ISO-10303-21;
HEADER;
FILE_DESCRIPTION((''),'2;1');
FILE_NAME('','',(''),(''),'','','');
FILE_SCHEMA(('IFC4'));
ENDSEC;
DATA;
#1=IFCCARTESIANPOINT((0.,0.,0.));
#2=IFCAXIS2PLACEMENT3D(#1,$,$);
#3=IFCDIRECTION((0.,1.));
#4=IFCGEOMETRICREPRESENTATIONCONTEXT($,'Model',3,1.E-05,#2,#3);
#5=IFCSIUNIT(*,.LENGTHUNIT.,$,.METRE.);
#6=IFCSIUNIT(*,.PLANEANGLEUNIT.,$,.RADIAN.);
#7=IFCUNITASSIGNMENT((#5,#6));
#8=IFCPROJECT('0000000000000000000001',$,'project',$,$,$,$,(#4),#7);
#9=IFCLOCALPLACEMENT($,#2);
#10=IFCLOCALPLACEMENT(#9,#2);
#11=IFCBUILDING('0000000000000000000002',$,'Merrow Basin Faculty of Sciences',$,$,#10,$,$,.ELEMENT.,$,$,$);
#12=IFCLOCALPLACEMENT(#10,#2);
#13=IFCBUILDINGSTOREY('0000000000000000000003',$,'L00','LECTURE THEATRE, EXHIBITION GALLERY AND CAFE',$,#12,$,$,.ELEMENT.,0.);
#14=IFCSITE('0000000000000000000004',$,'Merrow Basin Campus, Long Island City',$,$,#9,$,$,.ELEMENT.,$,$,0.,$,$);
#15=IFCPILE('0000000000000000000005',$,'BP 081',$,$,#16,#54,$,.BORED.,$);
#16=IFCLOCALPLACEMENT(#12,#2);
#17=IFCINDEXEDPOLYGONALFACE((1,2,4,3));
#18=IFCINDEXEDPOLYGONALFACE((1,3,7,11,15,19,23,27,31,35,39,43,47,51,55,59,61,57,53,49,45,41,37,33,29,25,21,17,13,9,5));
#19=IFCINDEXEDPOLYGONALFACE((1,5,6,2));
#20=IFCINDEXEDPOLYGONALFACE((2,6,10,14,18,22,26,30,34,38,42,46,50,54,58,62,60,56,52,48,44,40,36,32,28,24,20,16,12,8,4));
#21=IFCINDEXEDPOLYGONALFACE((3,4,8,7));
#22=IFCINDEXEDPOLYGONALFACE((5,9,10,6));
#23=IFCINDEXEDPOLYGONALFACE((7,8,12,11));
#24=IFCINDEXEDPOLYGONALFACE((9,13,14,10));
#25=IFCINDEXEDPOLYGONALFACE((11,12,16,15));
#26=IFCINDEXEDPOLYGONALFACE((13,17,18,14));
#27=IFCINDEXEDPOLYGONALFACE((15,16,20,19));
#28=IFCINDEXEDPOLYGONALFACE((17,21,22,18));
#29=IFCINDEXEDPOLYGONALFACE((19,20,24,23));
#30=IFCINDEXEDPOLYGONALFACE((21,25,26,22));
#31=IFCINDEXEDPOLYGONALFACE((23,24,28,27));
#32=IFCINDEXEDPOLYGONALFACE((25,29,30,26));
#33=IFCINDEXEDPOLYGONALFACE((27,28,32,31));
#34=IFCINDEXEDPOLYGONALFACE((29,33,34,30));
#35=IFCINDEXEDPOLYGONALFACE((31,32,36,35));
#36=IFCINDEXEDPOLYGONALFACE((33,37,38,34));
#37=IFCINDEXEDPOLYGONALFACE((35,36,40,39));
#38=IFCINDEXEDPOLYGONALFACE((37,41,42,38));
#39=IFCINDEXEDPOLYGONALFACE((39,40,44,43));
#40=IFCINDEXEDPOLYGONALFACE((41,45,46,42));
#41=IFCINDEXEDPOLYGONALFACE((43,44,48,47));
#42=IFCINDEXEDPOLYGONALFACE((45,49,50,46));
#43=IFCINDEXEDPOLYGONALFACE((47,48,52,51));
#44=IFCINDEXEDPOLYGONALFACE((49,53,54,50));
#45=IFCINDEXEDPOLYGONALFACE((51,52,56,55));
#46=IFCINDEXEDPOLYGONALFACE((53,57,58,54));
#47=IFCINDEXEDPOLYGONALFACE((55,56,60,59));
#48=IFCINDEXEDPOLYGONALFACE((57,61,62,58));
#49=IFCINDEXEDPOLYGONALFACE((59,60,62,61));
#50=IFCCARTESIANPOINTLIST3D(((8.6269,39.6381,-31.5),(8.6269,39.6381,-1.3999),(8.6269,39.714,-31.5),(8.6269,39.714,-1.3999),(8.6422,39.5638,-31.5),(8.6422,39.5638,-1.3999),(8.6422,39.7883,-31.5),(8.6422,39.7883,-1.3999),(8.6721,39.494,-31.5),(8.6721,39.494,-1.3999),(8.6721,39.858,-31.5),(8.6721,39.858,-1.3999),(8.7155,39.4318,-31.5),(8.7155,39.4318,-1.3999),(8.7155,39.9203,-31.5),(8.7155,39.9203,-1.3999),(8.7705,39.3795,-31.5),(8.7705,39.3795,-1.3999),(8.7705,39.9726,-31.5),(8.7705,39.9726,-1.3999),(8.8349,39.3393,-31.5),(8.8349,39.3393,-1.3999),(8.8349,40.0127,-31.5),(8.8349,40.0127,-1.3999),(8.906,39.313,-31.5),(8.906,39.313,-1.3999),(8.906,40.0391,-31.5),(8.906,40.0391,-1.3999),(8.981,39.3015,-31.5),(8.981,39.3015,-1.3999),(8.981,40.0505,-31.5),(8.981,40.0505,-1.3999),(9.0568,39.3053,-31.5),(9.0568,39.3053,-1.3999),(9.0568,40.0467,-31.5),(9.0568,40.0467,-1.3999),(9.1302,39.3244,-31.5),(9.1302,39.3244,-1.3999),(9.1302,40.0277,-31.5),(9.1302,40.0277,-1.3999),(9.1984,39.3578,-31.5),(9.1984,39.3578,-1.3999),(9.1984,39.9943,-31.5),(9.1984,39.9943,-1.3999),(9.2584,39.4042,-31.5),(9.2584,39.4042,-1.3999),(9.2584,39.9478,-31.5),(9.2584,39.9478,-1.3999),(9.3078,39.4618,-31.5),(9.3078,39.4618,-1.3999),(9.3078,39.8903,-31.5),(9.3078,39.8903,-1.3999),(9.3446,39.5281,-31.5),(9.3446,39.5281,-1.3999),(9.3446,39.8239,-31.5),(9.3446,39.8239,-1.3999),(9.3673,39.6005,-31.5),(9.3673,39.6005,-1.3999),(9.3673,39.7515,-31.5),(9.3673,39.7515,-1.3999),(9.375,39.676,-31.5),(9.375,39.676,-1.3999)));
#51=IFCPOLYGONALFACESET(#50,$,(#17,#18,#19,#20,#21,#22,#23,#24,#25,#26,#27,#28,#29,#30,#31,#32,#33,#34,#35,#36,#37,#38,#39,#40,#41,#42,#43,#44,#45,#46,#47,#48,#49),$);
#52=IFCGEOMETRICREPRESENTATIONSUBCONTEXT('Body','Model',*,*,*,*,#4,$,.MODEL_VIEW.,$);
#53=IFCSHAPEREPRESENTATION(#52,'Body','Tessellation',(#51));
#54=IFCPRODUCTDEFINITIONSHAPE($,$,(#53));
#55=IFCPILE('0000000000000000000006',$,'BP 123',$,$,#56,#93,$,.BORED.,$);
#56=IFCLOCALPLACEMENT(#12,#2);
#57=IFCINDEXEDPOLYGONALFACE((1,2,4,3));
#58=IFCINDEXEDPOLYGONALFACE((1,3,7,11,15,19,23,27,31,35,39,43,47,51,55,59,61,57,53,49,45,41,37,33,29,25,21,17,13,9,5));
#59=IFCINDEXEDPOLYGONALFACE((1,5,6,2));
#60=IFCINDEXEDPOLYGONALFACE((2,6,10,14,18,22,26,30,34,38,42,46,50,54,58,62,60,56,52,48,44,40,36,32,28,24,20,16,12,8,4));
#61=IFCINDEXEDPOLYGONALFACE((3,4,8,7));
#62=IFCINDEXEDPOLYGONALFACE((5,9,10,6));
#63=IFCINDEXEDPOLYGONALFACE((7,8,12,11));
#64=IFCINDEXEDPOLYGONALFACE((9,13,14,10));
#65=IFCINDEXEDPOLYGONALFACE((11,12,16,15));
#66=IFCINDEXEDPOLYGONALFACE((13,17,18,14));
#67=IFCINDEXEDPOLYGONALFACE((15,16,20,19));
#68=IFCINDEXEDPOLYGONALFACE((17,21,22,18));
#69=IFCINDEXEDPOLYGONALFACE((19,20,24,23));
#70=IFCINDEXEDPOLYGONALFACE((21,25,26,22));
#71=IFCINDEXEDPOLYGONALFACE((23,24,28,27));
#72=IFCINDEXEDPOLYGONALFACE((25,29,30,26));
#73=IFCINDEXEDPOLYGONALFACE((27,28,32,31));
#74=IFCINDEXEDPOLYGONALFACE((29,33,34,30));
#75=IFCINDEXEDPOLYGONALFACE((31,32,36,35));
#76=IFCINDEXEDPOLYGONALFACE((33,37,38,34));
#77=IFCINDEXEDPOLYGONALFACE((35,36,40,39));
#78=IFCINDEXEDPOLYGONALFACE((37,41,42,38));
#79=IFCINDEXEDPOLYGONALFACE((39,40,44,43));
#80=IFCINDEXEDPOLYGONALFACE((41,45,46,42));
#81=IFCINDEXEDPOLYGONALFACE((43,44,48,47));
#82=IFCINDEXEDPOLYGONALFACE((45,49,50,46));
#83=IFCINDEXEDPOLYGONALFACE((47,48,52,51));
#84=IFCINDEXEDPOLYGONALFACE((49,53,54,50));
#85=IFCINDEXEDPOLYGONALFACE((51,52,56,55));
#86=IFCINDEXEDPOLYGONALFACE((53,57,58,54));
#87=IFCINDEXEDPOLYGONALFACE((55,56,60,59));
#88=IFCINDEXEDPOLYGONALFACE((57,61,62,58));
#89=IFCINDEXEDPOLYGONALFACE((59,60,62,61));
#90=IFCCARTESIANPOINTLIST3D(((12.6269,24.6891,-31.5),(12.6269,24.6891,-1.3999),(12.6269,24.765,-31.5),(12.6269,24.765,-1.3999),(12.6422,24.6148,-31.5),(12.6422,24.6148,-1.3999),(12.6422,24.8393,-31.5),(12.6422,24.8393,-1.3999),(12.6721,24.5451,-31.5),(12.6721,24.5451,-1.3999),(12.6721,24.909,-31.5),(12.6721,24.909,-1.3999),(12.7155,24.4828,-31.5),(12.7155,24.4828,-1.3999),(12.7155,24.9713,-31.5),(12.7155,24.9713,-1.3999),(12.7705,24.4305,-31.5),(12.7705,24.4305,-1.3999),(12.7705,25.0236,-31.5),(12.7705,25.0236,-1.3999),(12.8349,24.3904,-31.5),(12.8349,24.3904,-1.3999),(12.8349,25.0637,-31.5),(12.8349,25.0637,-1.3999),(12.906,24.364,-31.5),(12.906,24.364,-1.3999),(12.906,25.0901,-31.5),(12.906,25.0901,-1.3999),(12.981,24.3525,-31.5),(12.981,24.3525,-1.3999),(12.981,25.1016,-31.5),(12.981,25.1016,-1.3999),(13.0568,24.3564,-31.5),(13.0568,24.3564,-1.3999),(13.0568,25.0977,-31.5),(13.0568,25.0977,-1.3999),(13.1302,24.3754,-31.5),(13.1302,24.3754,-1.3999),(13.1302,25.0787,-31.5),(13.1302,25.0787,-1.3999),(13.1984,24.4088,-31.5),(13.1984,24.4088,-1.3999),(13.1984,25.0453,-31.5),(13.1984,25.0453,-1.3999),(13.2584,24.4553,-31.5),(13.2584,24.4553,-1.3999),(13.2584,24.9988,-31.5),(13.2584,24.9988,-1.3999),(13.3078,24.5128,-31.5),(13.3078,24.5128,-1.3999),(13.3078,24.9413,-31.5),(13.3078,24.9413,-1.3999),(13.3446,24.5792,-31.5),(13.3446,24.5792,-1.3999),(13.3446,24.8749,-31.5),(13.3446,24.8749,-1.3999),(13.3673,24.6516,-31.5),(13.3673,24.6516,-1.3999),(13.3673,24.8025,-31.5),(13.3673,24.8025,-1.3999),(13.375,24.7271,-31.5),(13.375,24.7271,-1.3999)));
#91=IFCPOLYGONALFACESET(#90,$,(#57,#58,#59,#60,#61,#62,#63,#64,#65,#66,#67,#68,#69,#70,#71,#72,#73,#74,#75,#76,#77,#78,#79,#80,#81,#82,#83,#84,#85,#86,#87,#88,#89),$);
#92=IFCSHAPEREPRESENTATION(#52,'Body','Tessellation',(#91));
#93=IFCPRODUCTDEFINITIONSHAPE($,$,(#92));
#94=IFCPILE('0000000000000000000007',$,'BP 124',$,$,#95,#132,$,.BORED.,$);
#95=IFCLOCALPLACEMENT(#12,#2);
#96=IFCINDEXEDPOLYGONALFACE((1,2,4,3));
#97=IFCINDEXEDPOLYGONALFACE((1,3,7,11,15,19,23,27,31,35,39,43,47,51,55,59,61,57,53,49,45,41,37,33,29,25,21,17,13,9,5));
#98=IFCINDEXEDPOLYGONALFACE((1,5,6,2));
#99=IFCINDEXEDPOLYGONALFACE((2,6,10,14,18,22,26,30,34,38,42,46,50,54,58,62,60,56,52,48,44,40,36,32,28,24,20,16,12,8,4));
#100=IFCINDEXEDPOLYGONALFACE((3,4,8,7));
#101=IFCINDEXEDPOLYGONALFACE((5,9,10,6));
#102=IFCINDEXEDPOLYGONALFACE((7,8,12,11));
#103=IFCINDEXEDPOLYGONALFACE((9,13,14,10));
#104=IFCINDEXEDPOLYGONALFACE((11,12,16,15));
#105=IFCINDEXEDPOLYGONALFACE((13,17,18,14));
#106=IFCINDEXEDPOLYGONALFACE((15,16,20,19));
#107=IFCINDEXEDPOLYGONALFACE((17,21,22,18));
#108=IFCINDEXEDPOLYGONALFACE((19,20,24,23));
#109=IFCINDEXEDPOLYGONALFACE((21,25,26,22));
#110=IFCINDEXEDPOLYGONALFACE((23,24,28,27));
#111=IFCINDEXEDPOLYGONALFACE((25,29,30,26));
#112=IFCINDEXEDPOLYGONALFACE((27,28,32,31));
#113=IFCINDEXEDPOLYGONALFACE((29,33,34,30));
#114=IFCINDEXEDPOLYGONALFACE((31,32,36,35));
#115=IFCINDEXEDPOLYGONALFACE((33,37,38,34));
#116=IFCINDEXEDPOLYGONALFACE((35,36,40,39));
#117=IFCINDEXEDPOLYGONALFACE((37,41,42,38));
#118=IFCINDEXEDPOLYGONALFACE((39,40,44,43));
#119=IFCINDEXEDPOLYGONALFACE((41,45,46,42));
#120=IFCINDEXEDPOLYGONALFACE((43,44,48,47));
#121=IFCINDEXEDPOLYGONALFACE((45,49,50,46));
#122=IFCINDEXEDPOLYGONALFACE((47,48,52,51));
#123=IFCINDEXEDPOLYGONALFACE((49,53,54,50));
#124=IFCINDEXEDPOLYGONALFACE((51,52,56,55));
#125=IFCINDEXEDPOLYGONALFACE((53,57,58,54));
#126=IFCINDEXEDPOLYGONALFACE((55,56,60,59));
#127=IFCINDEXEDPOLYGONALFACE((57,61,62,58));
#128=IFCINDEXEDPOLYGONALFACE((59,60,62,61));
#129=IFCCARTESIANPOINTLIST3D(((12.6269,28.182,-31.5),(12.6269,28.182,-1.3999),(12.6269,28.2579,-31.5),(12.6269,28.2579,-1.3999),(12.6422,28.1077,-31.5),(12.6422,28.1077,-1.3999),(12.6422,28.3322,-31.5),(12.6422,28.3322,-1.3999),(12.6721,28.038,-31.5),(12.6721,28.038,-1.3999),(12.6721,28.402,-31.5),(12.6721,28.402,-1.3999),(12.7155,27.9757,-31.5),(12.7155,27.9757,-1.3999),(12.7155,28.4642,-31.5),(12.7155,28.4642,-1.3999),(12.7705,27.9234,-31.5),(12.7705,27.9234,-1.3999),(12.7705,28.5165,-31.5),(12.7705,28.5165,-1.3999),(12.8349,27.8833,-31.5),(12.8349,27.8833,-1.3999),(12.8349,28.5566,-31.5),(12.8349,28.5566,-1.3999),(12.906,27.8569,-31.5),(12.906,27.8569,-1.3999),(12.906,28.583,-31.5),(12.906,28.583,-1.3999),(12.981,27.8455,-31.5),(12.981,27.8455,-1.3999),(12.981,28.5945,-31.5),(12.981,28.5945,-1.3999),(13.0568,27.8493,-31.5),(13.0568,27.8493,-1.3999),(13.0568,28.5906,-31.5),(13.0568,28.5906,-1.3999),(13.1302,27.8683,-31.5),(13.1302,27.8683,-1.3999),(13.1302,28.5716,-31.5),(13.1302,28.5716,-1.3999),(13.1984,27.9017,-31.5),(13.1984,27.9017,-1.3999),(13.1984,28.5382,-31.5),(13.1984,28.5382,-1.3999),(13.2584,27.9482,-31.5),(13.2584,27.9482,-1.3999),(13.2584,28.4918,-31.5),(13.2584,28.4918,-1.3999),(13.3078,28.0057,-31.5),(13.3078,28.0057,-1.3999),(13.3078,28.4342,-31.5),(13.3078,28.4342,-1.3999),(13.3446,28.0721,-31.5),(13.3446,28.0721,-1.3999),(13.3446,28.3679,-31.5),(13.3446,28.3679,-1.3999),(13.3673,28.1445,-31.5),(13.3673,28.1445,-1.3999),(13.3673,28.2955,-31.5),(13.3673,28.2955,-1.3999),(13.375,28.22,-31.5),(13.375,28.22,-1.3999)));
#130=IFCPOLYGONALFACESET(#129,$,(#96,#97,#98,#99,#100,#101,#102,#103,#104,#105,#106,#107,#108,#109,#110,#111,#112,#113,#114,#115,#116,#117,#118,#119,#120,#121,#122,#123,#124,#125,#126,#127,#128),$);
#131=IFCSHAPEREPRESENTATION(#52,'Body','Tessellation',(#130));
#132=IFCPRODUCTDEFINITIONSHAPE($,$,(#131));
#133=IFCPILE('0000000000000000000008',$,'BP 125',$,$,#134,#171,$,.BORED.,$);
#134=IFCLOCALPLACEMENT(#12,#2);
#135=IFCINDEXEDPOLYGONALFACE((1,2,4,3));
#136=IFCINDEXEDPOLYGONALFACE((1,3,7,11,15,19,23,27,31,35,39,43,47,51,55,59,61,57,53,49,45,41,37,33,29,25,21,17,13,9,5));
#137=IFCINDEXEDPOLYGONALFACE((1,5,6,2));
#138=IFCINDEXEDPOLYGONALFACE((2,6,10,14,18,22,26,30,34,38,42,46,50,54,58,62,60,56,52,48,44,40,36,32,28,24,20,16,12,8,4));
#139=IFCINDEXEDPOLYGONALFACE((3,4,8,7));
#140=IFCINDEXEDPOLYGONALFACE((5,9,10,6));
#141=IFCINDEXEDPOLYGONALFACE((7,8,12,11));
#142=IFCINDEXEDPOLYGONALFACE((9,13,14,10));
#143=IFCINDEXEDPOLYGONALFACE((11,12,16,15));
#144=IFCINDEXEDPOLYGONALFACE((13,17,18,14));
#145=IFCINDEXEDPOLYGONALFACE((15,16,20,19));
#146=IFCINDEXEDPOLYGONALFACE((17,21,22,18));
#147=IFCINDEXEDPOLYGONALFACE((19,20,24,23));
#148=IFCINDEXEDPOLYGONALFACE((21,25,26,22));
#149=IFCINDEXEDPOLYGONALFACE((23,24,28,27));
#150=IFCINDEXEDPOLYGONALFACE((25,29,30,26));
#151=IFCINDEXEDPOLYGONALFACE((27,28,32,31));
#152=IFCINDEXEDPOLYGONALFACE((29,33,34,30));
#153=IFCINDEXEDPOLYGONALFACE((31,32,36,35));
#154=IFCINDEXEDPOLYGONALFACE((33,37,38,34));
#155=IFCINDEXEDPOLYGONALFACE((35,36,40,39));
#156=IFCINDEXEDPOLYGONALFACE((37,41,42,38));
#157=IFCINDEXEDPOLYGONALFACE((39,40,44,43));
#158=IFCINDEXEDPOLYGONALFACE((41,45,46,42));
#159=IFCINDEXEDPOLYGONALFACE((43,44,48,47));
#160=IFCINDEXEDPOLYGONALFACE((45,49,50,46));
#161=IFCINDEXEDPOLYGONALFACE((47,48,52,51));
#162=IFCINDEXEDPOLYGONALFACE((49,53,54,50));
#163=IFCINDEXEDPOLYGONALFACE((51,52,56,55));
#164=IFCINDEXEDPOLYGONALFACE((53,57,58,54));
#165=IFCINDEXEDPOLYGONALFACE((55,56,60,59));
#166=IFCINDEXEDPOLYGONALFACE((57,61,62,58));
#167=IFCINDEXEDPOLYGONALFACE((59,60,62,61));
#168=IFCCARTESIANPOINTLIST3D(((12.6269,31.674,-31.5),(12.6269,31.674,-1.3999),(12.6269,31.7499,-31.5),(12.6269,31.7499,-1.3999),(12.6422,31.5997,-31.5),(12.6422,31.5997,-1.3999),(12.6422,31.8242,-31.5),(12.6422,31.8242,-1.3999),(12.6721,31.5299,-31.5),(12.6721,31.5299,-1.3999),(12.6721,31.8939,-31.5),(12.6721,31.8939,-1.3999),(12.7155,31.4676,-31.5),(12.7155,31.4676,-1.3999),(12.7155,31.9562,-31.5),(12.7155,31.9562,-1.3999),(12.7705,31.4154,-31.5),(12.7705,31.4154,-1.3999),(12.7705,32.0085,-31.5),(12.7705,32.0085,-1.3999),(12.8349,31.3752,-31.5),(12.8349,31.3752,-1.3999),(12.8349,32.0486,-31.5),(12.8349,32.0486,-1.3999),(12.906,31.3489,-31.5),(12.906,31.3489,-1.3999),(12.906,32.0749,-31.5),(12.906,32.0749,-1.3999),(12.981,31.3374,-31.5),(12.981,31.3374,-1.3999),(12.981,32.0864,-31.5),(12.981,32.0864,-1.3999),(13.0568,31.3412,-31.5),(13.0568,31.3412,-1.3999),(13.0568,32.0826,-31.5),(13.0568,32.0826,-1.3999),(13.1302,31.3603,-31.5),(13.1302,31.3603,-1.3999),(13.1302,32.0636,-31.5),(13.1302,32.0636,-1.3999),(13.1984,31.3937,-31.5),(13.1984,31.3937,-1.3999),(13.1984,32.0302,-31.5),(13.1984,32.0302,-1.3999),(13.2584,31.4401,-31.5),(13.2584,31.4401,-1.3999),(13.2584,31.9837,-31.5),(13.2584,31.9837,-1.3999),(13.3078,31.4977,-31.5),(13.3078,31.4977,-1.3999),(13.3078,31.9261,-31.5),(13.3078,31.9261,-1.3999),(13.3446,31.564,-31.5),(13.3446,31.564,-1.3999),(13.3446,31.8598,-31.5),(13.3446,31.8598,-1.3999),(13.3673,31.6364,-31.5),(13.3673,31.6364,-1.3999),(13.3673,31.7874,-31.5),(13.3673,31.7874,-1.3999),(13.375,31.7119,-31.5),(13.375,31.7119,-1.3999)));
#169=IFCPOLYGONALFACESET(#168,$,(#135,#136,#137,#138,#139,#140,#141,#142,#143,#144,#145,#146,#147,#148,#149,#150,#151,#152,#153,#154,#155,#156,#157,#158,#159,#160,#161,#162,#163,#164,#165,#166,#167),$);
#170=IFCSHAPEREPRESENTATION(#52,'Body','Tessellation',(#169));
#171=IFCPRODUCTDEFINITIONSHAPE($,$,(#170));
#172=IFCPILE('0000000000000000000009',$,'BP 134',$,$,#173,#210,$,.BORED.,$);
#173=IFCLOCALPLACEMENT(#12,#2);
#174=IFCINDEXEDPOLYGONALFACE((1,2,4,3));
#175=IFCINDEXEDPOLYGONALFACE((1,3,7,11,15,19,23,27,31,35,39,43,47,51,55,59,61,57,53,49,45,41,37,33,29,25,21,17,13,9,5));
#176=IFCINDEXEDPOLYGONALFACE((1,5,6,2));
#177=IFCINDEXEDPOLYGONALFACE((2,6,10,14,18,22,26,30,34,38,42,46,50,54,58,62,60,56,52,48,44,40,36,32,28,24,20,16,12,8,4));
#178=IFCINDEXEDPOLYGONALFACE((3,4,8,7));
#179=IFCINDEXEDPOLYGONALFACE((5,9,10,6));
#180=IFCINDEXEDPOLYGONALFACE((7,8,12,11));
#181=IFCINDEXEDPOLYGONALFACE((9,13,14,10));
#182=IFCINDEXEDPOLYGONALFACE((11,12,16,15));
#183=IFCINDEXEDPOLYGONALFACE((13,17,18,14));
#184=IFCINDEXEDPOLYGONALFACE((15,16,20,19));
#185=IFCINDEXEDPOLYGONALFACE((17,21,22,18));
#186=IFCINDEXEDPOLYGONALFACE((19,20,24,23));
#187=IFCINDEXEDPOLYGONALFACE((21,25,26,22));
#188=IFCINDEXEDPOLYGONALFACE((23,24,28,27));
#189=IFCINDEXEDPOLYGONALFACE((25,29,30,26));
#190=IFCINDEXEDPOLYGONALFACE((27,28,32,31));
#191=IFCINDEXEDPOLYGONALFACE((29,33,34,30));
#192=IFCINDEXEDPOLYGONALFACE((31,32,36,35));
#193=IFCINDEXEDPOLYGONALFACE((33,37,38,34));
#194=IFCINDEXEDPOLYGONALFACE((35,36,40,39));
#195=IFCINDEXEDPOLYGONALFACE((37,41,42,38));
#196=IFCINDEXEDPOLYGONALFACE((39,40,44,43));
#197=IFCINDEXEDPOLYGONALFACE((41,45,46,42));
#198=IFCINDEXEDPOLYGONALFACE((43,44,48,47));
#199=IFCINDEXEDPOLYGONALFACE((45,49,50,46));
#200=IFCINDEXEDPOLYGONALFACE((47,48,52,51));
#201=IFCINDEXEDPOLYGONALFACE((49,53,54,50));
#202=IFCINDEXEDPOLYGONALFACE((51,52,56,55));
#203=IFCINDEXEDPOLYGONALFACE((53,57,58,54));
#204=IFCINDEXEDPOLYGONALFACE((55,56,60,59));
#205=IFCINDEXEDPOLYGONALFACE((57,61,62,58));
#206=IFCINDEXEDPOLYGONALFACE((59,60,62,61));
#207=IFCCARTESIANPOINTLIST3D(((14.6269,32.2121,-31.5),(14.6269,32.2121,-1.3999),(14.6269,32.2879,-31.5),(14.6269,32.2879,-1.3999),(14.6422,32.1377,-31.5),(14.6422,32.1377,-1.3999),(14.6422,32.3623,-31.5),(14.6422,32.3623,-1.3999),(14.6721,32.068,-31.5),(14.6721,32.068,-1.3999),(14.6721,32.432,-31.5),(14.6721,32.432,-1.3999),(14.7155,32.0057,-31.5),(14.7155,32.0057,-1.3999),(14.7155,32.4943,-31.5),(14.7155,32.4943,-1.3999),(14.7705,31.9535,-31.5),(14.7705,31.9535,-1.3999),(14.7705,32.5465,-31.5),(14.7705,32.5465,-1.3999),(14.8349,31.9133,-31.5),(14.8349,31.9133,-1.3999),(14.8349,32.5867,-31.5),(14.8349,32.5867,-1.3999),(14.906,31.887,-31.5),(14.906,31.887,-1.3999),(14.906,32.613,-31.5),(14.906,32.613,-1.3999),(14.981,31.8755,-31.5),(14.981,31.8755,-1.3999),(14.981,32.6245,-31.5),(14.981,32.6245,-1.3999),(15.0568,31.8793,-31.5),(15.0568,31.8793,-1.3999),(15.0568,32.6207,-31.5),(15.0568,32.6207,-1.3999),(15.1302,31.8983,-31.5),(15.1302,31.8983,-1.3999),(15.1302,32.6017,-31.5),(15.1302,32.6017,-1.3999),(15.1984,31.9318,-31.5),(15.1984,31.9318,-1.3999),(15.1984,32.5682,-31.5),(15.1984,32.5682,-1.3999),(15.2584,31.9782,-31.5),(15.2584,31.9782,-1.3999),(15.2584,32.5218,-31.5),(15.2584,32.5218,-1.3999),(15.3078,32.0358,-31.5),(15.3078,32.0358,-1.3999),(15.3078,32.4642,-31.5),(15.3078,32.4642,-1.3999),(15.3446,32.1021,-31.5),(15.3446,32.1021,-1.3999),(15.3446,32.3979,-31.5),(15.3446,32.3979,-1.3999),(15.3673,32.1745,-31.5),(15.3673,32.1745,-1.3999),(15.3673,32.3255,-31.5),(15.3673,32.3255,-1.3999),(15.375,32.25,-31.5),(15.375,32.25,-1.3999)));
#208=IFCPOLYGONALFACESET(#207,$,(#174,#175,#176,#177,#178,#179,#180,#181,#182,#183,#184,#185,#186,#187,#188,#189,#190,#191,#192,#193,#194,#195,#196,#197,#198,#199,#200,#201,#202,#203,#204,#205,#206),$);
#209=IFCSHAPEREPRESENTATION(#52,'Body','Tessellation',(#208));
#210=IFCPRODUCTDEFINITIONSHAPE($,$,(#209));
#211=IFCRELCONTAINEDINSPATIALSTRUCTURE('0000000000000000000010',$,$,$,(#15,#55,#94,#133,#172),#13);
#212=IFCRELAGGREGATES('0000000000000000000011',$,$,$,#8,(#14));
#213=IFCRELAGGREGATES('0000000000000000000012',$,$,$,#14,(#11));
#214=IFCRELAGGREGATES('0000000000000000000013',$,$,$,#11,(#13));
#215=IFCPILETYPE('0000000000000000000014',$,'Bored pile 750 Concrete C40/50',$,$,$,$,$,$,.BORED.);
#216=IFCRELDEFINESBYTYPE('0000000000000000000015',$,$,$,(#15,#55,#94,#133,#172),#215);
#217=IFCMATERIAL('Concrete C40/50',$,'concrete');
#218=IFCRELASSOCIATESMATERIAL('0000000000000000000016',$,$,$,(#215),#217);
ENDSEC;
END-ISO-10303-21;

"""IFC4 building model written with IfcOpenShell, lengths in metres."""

from ifc_helpers import new_model, si_unit, direction, frame, origin, origin_2d, place, context, subcontext, project, spatial, circle, extrude, material, material_profile, profile_set, type_object, element, save


model = new_model("IFC4")

# Units and contexts
model_context = context("Model", 3, precision=1e-05, world=origin(), true_north=direction((0.0, 1.0)))
body_context = subcontext(model_context, "Body", "Model", "MODEL_VIEW")
ifc_project = project(units=[si_unit("LENGTHUNIT", "METRE"), si_unit("PLANEANGLEUNIT", "RADIAN")], contexts=[model_context])

# Site, building, storey
site_placement = place(None, origin())
site = spatial("IfcSite", under=ifc_project, at=site_placement, Name="Merrow Basin Campus, Long Island City", CompositionType="ELEMENT", RefElevation=0.0)
building_placement = place(site_placement, origin())
building = spatial("IfcBuilding", under=site, at=building_placement, Name="Merrow Basin Faculty of Sciences", CompositionType="ELEMENT")
storey_placement = place(building_placement, origin())
storey = spatial("IfcBuildingStorey", under=building, at=storey_placement, Name="L00", Description="LECTURE THEATRE, EXHIBITION GALLERY AND CAFE", CompositionType="ELEMENT", Elevation=0.0)

# Piles
ifc_material_1 = material(Name="Concrete C40/50", Category="concrete")
ifc_material_profile_1 = material_profile(ifc_material_1, circle(Radius=0.375, at=origin_2d()))
ifc_profile_set_1 = profile_set([ifc_material_profile_1], Name="Concrete C40/50")
pile_type = type_object("IfcPileType", Name="Bored pile 750 Concrete C40/50", PredefinedType="BORED", material=ifc_profile_set_1)
for number, where, z_axis, x_axis, name in (
    (1, (9.0, 39.676, -1.3999), (0.0, 0.0, -1.0), (1.0, 0.0, 0.0), "BP 081"),
    (2, (13.0, 24.7271, -1.3999), (0.0, 0.0, -1.0), (1.0, 0.0, 0.0), "BP 123"),
    (3, (13.0, 28.22, -1.3999), (0.0, 0.0, -1.0), (1.0, 0.0, 0.0), "BP 124"),
    (4, (13.0, 31.7119, -1.3999), (0.0, 0.0, -1.0), (1.0, 0.0, 0.0), "BP 125"),
    (5, (15.0, 32.25, -1.3999), (0.0, 0.0, -1.0), (1.0, 0.0, 0.0), "BP 134"),
):
    element("IfcPile", number, at=place(storey_placement, frame(where, z_axis=z_axis, x_axis=x_axis)), inside=storey, type_object=pile_type, Name=name, PredefinedType="BORED", context=body_context, shape_type="SweptSolid", body=[
        extrude(circle(Radius=0.375, at=origin_2d()), origin(), (0.0, 0.0, 1.0), 30.1001),
    ])

save(model, "model.ifc")
